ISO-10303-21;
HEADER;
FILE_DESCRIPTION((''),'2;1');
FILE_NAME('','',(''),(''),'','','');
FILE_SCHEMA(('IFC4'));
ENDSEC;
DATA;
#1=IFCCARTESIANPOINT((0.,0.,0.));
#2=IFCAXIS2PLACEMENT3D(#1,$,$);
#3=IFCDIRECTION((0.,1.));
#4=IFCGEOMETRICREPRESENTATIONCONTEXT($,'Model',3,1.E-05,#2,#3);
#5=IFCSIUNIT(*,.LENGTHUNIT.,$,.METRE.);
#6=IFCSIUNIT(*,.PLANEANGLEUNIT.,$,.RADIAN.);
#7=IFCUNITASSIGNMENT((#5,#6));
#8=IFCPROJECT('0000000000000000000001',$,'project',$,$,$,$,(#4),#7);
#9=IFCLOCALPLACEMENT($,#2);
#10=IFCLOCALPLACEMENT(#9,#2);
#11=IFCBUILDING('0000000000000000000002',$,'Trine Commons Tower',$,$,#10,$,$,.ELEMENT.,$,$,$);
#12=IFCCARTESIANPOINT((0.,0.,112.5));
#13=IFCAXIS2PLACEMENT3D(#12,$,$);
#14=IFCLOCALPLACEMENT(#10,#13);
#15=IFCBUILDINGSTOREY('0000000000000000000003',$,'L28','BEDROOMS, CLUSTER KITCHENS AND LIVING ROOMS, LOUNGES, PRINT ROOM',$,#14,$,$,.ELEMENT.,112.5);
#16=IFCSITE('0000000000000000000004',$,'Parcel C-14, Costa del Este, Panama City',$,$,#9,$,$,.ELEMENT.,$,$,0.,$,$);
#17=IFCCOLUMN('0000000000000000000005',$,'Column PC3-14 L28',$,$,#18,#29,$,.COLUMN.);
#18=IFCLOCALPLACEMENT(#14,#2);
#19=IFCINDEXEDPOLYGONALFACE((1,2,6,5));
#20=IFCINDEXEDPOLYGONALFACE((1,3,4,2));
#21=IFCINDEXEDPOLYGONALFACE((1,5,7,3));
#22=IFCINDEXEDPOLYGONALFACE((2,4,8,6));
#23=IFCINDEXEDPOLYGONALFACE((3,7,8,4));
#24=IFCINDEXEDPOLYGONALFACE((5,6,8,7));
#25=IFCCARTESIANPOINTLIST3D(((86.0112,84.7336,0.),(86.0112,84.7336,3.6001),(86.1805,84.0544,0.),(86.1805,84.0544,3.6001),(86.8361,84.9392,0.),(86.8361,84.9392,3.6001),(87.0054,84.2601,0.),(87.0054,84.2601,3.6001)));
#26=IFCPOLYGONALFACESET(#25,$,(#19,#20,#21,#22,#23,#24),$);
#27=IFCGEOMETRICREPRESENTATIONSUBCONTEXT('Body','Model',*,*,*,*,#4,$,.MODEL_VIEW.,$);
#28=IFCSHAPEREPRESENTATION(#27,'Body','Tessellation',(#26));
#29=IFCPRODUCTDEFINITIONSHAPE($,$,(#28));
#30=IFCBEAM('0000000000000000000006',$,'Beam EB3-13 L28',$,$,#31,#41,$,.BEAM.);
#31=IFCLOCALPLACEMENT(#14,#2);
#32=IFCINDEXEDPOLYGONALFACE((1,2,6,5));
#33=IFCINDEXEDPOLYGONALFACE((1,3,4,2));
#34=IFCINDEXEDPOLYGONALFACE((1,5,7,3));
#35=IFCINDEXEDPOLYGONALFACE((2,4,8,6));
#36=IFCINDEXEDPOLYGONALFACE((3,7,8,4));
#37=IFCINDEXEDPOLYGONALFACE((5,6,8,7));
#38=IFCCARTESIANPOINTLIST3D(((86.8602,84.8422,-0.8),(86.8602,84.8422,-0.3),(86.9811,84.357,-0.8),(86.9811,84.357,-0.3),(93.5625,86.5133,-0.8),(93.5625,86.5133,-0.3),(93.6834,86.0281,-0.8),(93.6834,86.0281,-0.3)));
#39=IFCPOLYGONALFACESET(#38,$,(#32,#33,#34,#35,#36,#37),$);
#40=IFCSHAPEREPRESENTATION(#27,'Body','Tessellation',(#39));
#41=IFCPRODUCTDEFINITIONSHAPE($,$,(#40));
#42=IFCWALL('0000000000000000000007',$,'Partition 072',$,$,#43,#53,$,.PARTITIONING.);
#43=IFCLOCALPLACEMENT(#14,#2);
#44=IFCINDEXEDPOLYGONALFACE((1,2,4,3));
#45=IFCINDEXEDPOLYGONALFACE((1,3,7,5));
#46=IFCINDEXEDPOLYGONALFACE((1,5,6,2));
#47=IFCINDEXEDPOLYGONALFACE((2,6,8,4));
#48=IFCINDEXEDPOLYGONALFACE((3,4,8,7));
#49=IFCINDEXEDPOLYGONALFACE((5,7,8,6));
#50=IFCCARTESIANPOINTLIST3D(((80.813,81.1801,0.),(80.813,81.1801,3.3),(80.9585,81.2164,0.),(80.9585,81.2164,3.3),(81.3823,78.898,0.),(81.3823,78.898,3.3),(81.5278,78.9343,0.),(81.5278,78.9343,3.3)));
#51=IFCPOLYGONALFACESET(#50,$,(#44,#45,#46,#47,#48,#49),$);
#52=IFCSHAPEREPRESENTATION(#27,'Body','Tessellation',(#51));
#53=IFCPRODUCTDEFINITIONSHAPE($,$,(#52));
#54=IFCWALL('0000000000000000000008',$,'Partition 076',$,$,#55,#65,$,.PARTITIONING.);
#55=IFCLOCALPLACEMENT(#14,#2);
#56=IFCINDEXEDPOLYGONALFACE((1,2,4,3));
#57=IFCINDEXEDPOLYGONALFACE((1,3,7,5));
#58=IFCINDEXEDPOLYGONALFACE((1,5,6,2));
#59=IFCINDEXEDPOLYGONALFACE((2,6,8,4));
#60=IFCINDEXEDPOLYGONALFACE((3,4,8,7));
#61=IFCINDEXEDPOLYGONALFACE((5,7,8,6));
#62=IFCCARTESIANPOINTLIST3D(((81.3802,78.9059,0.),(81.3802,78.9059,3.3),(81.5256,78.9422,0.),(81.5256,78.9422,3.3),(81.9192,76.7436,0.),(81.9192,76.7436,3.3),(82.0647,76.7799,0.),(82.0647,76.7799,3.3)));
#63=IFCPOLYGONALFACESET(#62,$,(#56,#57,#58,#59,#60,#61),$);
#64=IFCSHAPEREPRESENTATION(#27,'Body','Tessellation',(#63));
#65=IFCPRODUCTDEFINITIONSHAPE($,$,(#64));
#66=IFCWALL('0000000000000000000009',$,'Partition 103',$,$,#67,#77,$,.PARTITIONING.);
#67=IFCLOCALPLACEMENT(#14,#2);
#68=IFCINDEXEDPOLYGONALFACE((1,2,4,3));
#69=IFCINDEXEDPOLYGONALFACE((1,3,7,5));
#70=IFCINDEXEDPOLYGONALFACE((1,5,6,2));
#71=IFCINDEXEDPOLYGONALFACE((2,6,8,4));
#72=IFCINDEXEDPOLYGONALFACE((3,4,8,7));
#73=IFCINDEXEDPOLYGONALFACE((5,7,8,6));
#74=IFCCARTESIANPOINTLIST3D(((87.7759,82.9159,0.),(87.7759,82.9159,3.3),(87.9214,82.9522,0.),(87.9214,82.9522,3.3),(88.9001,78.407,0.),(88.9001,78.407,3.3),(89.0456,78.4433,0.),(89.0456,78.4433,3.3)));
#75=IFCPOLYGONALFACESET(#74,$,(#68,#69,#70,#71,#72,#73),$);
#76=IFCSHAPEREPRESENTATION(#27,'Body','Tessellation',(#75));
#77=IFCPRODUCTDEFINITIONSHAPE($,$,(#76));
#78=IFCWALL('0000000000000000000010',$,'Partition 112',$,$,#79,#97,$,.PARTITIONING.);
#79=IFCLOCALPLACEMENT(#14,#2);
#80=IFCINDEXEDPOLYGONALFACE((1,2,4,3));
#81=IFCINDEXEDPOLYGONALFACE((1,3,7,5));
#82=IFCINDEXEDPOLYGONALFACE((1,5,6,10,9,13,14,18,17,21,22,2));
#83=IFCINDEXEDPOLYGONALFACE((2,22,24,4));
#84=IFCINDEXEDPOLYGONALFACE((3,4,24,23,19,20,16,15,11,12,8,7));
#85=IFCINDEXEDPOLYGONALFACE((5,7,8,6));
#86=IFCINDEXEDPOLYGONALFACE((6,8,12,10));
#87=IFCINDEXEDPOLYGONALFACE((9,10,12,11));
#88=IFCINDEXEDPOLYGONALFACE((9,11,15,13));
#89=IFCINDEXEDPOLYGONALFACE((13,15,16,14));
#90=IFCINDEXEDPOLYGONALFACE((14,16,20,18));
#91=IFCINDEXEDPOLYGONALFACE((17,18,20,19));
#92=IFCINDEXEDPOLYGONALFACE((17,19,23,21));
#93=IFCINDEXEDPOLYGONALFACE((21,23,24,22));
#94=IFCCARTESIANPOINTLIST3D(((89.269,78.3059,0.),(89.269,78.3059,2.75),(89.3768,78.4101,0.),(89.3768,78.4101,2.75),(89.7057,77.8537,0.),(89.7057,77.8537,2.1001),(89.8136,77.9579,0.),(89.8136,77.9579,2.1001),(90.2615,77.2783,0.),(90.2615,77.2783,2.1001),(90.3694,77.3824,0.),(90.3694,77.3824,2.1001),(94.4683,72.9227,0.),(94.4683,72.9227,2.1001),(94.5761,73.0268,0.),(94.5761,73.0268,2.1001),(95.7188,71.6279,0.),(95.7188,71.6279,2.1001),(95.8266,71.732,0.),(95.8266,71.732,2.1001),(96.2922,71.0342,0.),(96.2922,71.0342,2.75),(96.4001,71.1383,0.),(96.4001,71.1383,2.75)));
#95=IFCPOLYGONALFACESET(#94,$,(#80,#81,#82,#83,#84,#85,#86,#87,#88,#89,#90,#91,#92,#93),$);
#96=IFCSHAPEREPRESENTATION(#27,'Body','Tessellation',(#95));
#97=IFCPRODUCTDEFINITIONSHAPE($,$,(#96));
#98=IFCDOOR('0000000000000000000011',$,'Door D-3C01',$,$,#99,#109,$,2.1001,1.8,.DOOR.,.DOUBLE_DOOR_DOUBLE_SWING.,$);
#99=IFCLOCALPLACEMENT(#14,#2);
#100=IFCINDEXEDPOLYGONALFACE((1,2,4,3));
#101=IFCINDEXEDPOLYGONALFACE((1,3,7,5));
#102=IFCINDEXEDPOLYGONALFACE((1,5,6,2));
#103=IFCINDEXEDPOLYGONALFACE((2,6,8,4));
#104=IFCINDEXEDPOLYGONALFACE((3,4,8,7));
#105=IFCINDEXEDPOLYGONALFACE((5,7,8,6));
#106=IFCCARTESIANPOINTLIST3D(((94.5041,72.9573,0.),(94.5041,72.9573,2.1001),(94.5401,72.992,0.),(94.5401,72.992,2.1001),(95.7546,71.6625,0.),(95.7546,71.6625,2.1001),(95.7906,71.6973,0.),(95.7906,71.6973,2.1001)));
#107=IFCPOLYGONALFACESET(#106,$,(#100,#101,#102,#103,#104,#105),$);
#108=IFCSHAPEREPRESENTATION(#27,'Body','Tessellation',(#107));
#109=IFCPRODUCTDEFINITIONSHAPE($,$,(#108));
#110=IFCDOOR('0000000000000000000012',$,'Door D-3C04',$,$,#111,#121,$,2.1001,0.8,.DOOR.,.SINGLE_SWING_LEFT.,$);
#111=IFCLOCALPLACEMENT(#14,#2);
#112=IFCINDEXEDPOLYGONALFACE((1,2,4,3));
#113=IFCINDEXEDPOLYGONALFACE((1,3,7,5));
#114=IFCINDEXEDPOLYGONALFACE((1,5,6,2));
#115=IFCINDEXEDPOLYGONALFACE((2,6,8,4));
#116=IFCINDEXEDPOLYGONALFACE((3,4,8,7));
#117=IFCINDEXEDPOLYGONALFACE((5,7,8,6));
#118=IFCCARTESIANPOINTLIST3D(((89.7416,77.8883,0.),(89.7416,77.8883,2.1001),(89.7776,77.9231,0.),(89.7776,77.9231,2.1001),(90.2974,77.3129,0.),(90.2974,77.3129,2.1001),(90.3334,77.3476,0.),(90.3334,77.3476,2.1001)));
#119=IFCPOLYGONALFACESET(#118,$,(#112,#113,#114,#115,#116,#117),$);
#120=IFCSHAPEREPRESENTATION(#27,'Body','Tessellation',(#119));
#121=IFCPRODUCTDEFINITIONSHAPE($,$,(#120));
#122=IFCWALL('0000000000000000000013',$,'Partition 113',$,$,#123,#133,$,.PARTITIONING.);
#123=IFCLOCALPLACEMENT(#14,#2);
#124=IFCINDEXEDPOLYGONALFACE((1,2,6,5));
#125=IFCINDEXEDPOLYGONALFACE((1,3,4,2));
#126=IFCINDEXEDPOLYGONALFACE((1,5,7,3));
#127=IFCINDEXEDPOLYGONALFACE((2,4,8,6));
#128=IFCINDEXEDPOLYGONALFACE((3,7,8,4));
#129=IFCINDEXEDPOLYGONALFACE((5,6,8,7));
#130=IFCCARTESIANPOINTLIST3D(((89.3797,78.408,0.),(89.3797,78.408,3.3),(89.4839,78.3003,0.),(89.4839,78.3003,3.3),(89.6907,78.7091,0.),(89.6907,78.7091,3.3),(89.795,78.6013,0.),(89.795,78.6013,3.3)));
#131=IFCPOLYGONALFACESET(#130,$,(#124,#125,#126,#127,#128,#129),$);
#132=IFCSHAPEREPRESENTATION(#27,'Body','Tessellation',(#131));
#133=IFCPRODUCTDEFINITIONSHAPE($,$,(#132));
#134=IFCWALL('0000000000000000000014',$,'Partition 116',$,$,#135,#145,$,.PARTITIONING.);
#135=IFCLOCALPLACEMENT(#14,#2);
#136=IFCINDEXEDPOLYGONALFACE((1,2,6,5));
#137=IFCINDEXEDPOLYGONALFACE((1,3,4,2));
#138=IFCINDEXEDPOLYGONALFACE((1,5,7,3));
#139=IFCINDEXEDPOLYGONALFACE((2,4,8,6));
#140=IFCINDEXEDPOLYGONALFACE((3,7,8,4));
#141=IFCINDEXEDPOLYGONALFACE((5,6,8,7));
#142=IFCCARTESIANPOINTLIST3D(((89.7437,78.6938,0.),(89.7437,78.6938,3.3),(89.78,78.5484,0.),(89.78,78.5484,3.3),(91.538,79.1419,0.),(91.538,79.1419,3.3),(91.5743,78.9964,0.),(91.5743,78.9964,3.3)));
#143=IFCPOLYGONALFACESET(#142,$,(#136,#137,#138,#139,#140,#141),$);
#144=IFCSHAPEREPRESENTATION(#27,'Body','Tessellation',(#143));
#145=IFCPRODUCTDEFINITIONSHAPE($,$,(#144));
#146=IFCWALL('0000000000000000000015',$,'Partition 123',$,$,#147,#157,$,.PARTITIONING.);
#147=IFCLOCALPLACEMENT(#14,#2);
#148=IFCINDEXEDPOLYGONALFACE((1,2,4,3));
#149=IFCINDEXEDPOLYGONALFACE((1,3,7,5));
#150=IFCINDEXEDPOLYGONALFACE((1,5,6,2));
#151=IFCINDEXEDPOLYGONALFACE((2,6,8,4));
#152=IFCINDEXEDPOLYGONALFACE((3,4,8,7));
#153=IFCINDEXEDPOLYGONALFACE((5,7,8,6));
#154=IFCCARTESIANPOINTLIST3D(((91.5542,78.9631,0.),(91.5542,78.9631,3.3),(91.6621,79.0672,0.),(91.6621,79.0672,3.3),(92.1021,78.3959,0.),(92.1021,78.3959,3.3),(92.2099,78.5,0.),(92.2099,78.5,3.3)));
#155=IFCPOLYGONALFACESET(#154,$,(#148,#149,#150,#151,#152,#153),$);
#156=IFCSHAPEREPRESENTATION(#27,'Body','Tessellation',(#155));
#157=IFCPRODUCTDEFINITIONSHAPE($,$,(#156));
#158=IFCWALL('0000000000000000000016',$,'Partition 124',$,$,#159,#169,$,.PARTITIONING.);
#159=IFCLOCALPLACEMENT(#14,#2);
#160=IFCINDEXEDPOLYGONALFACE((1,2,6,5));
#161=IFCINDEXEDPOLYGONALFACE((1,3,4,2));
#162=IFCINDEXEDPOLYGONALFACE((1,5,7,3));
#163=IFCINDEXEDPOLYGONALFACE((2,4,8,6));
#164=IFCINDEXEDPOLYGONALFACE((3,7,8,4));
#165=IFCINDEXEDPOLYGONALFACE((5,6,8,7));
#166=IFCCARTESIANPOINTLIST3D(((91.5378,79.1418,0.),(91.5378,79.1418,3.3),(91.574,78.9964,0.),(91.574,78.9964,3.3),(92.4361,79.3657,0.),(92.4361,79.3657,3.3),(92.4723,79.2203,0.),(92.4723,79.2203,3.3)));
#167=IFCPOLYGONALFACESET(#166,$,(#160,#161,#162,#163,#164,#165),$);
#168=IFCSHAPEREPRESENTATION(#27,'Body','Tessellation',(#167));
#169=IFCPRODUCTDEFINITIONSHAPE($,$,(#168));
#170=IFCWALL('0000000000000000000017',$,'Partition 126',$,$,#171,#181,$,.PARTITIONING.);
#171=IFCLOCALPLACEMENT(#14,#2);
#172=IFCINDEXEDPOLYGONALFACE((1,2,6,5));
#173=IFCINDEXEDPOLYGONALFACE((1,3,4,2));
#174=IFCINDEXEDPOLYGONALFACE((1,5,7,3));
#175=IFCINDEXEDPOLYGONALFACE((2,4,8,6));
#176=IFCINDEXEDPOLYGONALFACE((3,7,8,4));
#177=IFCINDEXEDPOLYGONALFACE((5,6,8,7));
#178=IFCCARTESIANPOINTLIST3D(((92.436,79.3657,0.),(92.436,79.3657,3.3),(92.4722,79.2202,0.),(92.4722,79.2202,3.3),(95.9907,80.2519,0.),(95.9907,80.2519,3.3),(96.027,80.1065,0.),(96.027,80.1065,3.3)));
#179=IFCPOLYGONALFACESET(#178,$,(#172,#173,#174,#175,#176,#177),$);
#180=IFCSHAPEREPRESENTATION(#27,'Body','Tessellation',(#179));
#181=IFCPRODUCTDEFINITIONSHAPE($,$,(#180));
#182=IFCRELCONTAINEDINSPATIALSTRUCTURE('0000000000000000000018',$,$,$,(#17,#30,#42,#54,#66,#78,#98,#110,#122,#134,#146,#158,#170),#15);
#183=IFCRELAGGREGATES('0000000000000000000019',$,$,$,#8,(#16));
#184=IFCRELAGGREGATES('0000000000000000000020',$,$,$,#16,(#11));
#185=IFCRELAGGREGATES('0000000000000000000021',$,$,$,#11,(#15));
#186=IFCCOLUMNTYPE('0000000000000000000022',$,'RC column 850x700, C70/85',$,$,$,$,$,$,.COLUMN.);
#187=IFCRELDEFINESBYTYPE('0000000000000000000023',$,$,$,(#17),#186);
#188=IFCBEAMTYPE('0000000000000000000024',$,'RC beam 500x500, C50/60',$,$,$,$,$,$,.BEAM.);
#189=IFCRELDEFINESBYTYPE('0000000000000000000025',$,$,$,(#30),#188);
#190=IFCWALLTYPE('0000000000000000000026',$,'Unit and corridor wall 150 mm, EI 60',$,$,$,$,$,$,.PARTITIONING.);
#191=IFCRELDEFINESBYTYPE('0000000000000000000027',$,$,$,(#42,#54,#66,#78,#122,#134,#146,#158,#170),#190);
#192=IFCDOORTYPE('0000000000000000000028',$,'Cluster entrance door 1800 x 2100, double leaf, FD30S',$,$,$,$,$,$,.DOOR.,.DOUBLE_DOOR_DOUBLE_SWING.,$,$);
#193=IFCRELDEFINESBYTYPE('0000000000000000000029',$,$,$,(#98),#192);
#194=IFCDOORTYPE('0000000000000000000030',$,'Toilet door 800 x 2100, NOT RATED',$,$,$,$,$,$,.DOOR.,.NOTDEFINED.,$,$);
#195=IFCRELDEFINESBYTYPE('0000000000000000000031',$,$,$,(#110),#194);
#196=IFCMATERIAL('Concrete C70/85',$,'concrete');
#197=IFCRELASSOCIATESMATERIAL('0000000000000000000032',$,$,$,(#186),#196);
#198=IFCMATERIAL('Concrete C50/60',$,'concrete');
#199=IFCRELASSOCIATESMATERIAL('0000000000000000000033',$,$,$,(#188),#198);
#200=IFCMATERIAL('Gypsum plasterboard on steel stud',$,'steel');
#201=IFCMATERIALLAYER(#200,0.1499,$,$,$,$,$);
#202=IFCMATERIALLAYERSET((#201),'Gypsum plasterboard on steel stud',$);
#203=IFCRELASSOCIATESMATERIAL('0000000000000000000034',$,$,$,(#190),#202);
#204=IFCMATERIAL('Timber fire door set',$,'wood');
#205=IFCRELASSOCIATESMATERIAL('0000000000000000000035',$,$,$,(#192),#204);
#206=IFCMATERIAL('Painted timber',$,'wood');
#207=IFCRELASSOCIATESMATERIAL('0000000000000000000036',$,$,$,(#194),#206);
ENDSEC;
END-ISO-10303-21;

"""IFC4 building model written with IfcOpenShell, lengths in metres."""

from ifc_helpers import new_model, si_unit, direction, frame, frame_2d, origin, origin_2d, place, context, subcontext, project, spatial, rectangle, extrude, material, layer, layer_set, material_profile, profile_set, type_object, element, fill, save


model = new_model("IFC4")

# Units and contexts
model_context = context("Model", 3, precision=1e-05, world=origin(), true_north=direction((0.0, 1.0)))
body_context = subcontext(model_context, "Body", "Model", "MODEL_VIEW")
ifc_project = project(units=[si_unit("LENGTHUNIT", "METRE"), si_unit("PLANEANGLEUNIT", "RADIAN")], contexts=[model_context])

# Site, building, storey
site_placement = place(None, origin())
site = spatial("IfcSite", under=ifc_project, at=site_placement, Name="Parcel C-14, Costa del Este, Panama City", CompositionType="ELEMENT", RefElevation=0.0)
building_placement = place(site_placement, origin())
building = spatial("IfcBuilding", under=site, at=building_placement, Name="Trine Commons Tower", CompositionType="ELEMENT")
storey_placement = place(building_placement, frame((0.0, 0.0, 112.5)))
storey = spatial("IfcBuildingStorey", under=building, at=storey_placement, Name="L28", Description="BEDROOMS, CLUSTER KITCHENS AND LIVING ROOMS, LOUNGES, PRINT ROOM", CompositionType="ELEMENT", Elevation=112.5)

# Column
ifc_material_1 = material(Name="Concrete C70/85", Category="concrete")
ifc_material_profile_1 = material_profile(ifc_material_1, rectangle(XDim=0.8501, YDim=0.7, at=origin_2d()), Name="RC 850x700")
ifc_profile_set_1 = profile_set([ifc_material_profile_1], Name="Concrete C70/85")
column_type = type_object("IfcColumnType", Name="RC column 850x700, C70/85", PredefinedType="COLUMN", material=ifc_profile_set_1)
column_placement = place(storey_placement, frame((86.5083, 84.4968, 0.0), z_axis=(0.0, 0.0, 1.0), x_axis=(0.970296, 0.241922, 0.0)))
element("IfcColumn", 1, at=column_placement, inside=storey, type_object=column_type, Name="Column PC3-14 L28", PredefinedType="COLUMN", context=body_context, shape_type="SweptSolid", body=[
    extrude(rectangle(XDim=0.8501, YDim=0.7, at=origin_2d()), origin(), (0.0, 0.0, 1.0), 3.6001),
])

# Beam
ifc_material_2 = material(Name="Concrete C50/60", Category="concrete")
ifc_material_profile_2 = material_profile(ifc_material_2, rectangle(XDim=0.5, YDim=0.5, at=origin_2d()), Name="RC 500x500")
ifc_profile_set_2 = profile_set([ifc_material_profile_2], Name="Concrete C50/60")
beam_type = type_object("IfcBeamType", Name="RC beam 500x500, C50/60", PredefinedType="BEAM", material=ifc_profile_set_2)
beam_placement = place(storey_placement, frame((86.9207, 84.5996, -0.55), z_axis=(0.970294, 0.241928, 0.0), x_axis=(-0.241928, 0.970294, 0.0)))
element("IfcBeam", 2, at=beam_placement, inside=storey, type_object=beam_type, Name="Beam EB3-13 L28", PredefinedType="BEAM", context=body_context, shape_type="SweptSolid", body=[
    extrude(rectangle(XDim=0.5, YDim=0.5, at=origin_2d()), origin(), (0.0, 0.0, 1.0), 6.9075),
])

# Walls
ifc_material_3 = material(Name="Gypsum plasterboard on steel stud", Category="steel")
ifc_layer_1 = layer(ifc_material_3, 0.1499)
ifc_layer_set_1 = layer_set([ifc_layer_1], Name="Gypsum plasterboard on steel stud")
wall_type_1 = type_object("IfcWallType", Name="Unit and corridor wall 150 mm, EI 60", PredefinedType="PARTITIONING", material=ifc_layer_set_1)
wall_1_placement = place(storey_placement, frame((80.8857, 81.1982, 0.0), z_axis=(0.0, 0.0, 1.0), x_axis=(0.242047, -0.970264, 0.0)))
element("IfcWall", 3, at=wall_1_placement, inside=storey, type_object=wall_type_1, Name="Partition 072", PredefinedType="PARTITIONING", context=body_context, shape_type="SweptSolid", body=[
    extrude(rectangle(XDim=2.3521, YDim=0.1499, at=frame_2d((1.176, 0.0))), origin(), (0.0, 0.0, 1.0), 3.3),
])
wall_2_placement = place(storey_placement, frame((81.4529, 78.9241, 0.0), z_axis=(0.0, 0.0, 1.0), x_axis=(0.241891, -0.970303, 0.0)))
element("IfcWall", 4, at=wall_2_placement, inside=storey, type_object=wall_type_1, Name="Partition 076", PredefinedType="PARTITIONING", context=body_context, shape_type="SweptSolid", body=[
    extrude(rectangle(XDim=2.2285, YDim=0.1499, at=frame_2d((1.1143, 0.0))), origin(), (0.0, 0.0, 1.0), 3.3),
])
wall_3_placement = place(storey_placement, frame((87.8486, 82.9341, 0.0), z_axis=(0.0, 0.0, 1.0), x_axis=(0.24193, -0.970294, 0.0)))
element("IfcWall", 5, at=wall_3_placement, inside=storey, type_object=wall_type_1, Name="Partition 103", PredefinedType="PARTITIONING", context=body_context, shape_type="SweptSolid", body=[
    extrude(rectangle(XDim=4.647, YDim=0.1499, at=frame_2d((2.3235, 0.0))), origin(), (0.0, 0.0, 1.0), 3.3),
])

# Wall, openings, doors
wall_4_placement = place(storey_placement, frame((89.323, 78.3579, 0.0), z_axis=(0.0, 0.0, 1.0), x_axis=(0.694708, -0.719292, 0.0)))
wall_4 = element("IfcWall", 6, at=wall_4_placement, inside=storey, type_object=wall_type_1, Name="Partition 112", PredefinedType="PARTITIONING", context=body_context, shape_type="SweptSolid", body=[
    extrude(rectangle(XDim=10.1096, YDim=0.1499, at=frame_2d((5.0547, 0.0))), origin(), (0.0, 0.0, 1.0), 2.75),
])
opening_1_placement = place(wall_4_placement, frame((7.4841, 0.0, 0.0)))
opening_1 = element("IfcOpeningElement", 7, at=opening_1_placement, cuts=wall_4, PredefinedType="OPENING", context=body_context, shape_type="SweptSolid", body=[
    extrude(rectangle(XDim=1.8, YDim=2.1001, at=frame_2d((0.8999, 1.05))), frame((0.0, 0.085, 0.0), z_axis=(0.0, -1.0, 0.0), x_axis=(1.0, 0.0, 0.0)), (0.0, 0.0, 1.0), 0.1699),
])
opening_2_placement = place(wall_4_placement, frame((0.6287, 0.0, 0.0)))
opening_2 = element("IfcOpeningElement", 8, at=opening_2_placement, cuts=wall_4, PredefinedType="OPENING", context=body_context, shape_type="SweptSolid", body=[
    extrude(rectangle(XDim=0.8, YDim=2.1001, at=frame_2d((0.3999, 1.05))), frame((0.0, 0.085, 0.0), z_axis=(0.0, -1.0, 0.0), x_axis=(1.0, 0.0, 0.0)), (0.0, 0.0, 1.0), 0.1699),
])
ifc_material_4 = material(Name="Timber fire door set", Category="wood")
door_type_1 = type_object("IfcDoorType", Name="Cluster entrance door 1800 x 2100, double leaf, FD30S", OperationType="DOUBLE_DOOR_DOUBLE_SWING", PredefinedType="DOOR", material=ifc_material_4)
door_1_placement = place(opening_1_placement, origin())
door_1 = element("IfcDoor", 9, at=door_1_placement, inside=storey, type_object=door_type_1, Name="Door D-3C01", OperationType="DOUBLE_DOOR_DOUBLE_SWING", OverallHeight=2.1001, OverallWidth=1.8, PredefinedType="DOOR", context=body_context, shape_type="SweptSolid", body=[
    extrude(rectangle(XDim=1.8, YDim=2.1001, at=frame_2d((0.8999, 1.05))), frame((0.0, 0.0249, 0.0), z_axis=(0.0, -1.0, 0.0), x_axis=(1.0, 0.0, 0.0)), (0.0, 0.0, 1.0), 0.05),
])
fill(opening_1, door_1)
ifc_material_5 = material(Name="Painted timber", Category="wood")
door_type_2 = type_object("IfcDoorType", Name="Toilet door 800 x 2100, NOT RATED", OperationType="NOTDEFINED", PredefinedType="DOOR", material=ifc_material_5)
door_2_placement = place(opening_2_placement, origin())
door_2 = element("IfcDoor", 10, at=door_2_placement, inside=storey, type_object=door_type_2, Name="Door D-3C04", OperationType="SINGLE_SWING_LEFT", OverallHeight=2.1001, OverallWidth=0.8, PredefinedType="DOOR", context=body_context, shape_type="SweptSolid", body=[
    extrude(rectangle(XDim=0.8, YDim=2.1001, at=frame_2d((0.3999, 1.05))), frame((0.0, 0.0249, 0.0), z_axis=(0.0, -1.0, 0.0), x_axis=(1.0, 0.0, 0.0)), (0.0, 0.0, 1.0), 0.05),
])
fill(opening_2, door_2)

# Walls
wall_5_placement = place(storey_placement, frame((89.4319, 78.3542, 0.0), z_axis=(0.0, 0.0, 1.0), x_axis=(0.718575, 0.69545, 0.0)))
element("IfcWall", 11, at=wall_5_placement, inside=storey, type_object=wall_type_1, Name="Partition 113", PredefinedType="PARTITIONING", context=body_context, shape_type="SweptSolid", body=[
    extrude(rectangle(XDim=0.4329, YDim=0.1499, at=frame_2d((0.2163, 0.0))), origin(), (0.0, 0.0, 1.0), 3.3),
])
wall_6_placement = place(storey_placement, frame((89.7617, 78.6211, 0.0), z_axis=(0.0, 0.0, 1.0), x_axis=(0.970212, 0.242256, 0.0)))
element("IfcWall", 12, at=wall_6_placement, inside=storey, type_object=wall_type_1, Name="Partition 116", PredefinedType="PARTITIONING", context=body_context, shape_type="SweptSolid", body=[
    extrude(rectangle(XDim=1.8494, YDim=0.1499, at=frame_2d((0.9248, 0.0))), origin(), (0.0, 0.0, 1.0), 3.3),
])
wall_7_placement = place(storey_placement, frame((91.6082, 79.0151, 0.0), z_axis=(0.0, 0.0, 1.0), x_axis=(0.694771, -0.719231, 0.0)))
element("IfcWall", 13, at=wall_7_placement, inside=storey, type_object=wall_type_1, Name="Partition 123", PredefinedType="PARTITIONING", context=body_context, shape_type="SweptSolid", body=[
    extrude(rectangle(XDim=0.7886, YDim=0.1499, at=frame_2d((0.3943, 0.0))), origin(), (0.0, 0.0, 1.0), 3.3),
])
wall_8_placement = place(storey_placement, frame((91.5559, 79.0691, 0.0), z_axis=(0.0, 0.0, 1.0), x_axis=(0.970313, 0.241853, 0.0)))
element("IfcWall", 14, at=wall_8_placement, inside=storey, type_object=wall_type_1, Name="Partition 124", PredefinedType="PARTITIONING", context=body_context, shape_type="SweptSolid", body=[
    extrude(rectangle(XDim=0.9258, YDim=0.1499, at=frame_2d((0.4629, 0.0))), origin(), (0.0, 0.0, 1.0), 3.3),
])
wall_9_placement = place(storey_placement, frame((92.4541, 79.293, 0.0), z_axis=(0.0, 0.0, 1.0), x_axis=(0.970299, 0.241908, 0.0)))
element("IfcWall", 15, at=wall_9_placement, inside=storey, type_object=wall_type_1, Name="Partition 126", PredefinedType="PARTITIONING", context=body_context, shape_type="SweptSolid", body=[
    extrude(rectangle(XDim=3.6636, YDim=0.1499, at=frame_2d((1.8318, 0.0))), origin(), (0.0, 0.0, 1.0), 3.3),
])

save(model, "model.ifc")
